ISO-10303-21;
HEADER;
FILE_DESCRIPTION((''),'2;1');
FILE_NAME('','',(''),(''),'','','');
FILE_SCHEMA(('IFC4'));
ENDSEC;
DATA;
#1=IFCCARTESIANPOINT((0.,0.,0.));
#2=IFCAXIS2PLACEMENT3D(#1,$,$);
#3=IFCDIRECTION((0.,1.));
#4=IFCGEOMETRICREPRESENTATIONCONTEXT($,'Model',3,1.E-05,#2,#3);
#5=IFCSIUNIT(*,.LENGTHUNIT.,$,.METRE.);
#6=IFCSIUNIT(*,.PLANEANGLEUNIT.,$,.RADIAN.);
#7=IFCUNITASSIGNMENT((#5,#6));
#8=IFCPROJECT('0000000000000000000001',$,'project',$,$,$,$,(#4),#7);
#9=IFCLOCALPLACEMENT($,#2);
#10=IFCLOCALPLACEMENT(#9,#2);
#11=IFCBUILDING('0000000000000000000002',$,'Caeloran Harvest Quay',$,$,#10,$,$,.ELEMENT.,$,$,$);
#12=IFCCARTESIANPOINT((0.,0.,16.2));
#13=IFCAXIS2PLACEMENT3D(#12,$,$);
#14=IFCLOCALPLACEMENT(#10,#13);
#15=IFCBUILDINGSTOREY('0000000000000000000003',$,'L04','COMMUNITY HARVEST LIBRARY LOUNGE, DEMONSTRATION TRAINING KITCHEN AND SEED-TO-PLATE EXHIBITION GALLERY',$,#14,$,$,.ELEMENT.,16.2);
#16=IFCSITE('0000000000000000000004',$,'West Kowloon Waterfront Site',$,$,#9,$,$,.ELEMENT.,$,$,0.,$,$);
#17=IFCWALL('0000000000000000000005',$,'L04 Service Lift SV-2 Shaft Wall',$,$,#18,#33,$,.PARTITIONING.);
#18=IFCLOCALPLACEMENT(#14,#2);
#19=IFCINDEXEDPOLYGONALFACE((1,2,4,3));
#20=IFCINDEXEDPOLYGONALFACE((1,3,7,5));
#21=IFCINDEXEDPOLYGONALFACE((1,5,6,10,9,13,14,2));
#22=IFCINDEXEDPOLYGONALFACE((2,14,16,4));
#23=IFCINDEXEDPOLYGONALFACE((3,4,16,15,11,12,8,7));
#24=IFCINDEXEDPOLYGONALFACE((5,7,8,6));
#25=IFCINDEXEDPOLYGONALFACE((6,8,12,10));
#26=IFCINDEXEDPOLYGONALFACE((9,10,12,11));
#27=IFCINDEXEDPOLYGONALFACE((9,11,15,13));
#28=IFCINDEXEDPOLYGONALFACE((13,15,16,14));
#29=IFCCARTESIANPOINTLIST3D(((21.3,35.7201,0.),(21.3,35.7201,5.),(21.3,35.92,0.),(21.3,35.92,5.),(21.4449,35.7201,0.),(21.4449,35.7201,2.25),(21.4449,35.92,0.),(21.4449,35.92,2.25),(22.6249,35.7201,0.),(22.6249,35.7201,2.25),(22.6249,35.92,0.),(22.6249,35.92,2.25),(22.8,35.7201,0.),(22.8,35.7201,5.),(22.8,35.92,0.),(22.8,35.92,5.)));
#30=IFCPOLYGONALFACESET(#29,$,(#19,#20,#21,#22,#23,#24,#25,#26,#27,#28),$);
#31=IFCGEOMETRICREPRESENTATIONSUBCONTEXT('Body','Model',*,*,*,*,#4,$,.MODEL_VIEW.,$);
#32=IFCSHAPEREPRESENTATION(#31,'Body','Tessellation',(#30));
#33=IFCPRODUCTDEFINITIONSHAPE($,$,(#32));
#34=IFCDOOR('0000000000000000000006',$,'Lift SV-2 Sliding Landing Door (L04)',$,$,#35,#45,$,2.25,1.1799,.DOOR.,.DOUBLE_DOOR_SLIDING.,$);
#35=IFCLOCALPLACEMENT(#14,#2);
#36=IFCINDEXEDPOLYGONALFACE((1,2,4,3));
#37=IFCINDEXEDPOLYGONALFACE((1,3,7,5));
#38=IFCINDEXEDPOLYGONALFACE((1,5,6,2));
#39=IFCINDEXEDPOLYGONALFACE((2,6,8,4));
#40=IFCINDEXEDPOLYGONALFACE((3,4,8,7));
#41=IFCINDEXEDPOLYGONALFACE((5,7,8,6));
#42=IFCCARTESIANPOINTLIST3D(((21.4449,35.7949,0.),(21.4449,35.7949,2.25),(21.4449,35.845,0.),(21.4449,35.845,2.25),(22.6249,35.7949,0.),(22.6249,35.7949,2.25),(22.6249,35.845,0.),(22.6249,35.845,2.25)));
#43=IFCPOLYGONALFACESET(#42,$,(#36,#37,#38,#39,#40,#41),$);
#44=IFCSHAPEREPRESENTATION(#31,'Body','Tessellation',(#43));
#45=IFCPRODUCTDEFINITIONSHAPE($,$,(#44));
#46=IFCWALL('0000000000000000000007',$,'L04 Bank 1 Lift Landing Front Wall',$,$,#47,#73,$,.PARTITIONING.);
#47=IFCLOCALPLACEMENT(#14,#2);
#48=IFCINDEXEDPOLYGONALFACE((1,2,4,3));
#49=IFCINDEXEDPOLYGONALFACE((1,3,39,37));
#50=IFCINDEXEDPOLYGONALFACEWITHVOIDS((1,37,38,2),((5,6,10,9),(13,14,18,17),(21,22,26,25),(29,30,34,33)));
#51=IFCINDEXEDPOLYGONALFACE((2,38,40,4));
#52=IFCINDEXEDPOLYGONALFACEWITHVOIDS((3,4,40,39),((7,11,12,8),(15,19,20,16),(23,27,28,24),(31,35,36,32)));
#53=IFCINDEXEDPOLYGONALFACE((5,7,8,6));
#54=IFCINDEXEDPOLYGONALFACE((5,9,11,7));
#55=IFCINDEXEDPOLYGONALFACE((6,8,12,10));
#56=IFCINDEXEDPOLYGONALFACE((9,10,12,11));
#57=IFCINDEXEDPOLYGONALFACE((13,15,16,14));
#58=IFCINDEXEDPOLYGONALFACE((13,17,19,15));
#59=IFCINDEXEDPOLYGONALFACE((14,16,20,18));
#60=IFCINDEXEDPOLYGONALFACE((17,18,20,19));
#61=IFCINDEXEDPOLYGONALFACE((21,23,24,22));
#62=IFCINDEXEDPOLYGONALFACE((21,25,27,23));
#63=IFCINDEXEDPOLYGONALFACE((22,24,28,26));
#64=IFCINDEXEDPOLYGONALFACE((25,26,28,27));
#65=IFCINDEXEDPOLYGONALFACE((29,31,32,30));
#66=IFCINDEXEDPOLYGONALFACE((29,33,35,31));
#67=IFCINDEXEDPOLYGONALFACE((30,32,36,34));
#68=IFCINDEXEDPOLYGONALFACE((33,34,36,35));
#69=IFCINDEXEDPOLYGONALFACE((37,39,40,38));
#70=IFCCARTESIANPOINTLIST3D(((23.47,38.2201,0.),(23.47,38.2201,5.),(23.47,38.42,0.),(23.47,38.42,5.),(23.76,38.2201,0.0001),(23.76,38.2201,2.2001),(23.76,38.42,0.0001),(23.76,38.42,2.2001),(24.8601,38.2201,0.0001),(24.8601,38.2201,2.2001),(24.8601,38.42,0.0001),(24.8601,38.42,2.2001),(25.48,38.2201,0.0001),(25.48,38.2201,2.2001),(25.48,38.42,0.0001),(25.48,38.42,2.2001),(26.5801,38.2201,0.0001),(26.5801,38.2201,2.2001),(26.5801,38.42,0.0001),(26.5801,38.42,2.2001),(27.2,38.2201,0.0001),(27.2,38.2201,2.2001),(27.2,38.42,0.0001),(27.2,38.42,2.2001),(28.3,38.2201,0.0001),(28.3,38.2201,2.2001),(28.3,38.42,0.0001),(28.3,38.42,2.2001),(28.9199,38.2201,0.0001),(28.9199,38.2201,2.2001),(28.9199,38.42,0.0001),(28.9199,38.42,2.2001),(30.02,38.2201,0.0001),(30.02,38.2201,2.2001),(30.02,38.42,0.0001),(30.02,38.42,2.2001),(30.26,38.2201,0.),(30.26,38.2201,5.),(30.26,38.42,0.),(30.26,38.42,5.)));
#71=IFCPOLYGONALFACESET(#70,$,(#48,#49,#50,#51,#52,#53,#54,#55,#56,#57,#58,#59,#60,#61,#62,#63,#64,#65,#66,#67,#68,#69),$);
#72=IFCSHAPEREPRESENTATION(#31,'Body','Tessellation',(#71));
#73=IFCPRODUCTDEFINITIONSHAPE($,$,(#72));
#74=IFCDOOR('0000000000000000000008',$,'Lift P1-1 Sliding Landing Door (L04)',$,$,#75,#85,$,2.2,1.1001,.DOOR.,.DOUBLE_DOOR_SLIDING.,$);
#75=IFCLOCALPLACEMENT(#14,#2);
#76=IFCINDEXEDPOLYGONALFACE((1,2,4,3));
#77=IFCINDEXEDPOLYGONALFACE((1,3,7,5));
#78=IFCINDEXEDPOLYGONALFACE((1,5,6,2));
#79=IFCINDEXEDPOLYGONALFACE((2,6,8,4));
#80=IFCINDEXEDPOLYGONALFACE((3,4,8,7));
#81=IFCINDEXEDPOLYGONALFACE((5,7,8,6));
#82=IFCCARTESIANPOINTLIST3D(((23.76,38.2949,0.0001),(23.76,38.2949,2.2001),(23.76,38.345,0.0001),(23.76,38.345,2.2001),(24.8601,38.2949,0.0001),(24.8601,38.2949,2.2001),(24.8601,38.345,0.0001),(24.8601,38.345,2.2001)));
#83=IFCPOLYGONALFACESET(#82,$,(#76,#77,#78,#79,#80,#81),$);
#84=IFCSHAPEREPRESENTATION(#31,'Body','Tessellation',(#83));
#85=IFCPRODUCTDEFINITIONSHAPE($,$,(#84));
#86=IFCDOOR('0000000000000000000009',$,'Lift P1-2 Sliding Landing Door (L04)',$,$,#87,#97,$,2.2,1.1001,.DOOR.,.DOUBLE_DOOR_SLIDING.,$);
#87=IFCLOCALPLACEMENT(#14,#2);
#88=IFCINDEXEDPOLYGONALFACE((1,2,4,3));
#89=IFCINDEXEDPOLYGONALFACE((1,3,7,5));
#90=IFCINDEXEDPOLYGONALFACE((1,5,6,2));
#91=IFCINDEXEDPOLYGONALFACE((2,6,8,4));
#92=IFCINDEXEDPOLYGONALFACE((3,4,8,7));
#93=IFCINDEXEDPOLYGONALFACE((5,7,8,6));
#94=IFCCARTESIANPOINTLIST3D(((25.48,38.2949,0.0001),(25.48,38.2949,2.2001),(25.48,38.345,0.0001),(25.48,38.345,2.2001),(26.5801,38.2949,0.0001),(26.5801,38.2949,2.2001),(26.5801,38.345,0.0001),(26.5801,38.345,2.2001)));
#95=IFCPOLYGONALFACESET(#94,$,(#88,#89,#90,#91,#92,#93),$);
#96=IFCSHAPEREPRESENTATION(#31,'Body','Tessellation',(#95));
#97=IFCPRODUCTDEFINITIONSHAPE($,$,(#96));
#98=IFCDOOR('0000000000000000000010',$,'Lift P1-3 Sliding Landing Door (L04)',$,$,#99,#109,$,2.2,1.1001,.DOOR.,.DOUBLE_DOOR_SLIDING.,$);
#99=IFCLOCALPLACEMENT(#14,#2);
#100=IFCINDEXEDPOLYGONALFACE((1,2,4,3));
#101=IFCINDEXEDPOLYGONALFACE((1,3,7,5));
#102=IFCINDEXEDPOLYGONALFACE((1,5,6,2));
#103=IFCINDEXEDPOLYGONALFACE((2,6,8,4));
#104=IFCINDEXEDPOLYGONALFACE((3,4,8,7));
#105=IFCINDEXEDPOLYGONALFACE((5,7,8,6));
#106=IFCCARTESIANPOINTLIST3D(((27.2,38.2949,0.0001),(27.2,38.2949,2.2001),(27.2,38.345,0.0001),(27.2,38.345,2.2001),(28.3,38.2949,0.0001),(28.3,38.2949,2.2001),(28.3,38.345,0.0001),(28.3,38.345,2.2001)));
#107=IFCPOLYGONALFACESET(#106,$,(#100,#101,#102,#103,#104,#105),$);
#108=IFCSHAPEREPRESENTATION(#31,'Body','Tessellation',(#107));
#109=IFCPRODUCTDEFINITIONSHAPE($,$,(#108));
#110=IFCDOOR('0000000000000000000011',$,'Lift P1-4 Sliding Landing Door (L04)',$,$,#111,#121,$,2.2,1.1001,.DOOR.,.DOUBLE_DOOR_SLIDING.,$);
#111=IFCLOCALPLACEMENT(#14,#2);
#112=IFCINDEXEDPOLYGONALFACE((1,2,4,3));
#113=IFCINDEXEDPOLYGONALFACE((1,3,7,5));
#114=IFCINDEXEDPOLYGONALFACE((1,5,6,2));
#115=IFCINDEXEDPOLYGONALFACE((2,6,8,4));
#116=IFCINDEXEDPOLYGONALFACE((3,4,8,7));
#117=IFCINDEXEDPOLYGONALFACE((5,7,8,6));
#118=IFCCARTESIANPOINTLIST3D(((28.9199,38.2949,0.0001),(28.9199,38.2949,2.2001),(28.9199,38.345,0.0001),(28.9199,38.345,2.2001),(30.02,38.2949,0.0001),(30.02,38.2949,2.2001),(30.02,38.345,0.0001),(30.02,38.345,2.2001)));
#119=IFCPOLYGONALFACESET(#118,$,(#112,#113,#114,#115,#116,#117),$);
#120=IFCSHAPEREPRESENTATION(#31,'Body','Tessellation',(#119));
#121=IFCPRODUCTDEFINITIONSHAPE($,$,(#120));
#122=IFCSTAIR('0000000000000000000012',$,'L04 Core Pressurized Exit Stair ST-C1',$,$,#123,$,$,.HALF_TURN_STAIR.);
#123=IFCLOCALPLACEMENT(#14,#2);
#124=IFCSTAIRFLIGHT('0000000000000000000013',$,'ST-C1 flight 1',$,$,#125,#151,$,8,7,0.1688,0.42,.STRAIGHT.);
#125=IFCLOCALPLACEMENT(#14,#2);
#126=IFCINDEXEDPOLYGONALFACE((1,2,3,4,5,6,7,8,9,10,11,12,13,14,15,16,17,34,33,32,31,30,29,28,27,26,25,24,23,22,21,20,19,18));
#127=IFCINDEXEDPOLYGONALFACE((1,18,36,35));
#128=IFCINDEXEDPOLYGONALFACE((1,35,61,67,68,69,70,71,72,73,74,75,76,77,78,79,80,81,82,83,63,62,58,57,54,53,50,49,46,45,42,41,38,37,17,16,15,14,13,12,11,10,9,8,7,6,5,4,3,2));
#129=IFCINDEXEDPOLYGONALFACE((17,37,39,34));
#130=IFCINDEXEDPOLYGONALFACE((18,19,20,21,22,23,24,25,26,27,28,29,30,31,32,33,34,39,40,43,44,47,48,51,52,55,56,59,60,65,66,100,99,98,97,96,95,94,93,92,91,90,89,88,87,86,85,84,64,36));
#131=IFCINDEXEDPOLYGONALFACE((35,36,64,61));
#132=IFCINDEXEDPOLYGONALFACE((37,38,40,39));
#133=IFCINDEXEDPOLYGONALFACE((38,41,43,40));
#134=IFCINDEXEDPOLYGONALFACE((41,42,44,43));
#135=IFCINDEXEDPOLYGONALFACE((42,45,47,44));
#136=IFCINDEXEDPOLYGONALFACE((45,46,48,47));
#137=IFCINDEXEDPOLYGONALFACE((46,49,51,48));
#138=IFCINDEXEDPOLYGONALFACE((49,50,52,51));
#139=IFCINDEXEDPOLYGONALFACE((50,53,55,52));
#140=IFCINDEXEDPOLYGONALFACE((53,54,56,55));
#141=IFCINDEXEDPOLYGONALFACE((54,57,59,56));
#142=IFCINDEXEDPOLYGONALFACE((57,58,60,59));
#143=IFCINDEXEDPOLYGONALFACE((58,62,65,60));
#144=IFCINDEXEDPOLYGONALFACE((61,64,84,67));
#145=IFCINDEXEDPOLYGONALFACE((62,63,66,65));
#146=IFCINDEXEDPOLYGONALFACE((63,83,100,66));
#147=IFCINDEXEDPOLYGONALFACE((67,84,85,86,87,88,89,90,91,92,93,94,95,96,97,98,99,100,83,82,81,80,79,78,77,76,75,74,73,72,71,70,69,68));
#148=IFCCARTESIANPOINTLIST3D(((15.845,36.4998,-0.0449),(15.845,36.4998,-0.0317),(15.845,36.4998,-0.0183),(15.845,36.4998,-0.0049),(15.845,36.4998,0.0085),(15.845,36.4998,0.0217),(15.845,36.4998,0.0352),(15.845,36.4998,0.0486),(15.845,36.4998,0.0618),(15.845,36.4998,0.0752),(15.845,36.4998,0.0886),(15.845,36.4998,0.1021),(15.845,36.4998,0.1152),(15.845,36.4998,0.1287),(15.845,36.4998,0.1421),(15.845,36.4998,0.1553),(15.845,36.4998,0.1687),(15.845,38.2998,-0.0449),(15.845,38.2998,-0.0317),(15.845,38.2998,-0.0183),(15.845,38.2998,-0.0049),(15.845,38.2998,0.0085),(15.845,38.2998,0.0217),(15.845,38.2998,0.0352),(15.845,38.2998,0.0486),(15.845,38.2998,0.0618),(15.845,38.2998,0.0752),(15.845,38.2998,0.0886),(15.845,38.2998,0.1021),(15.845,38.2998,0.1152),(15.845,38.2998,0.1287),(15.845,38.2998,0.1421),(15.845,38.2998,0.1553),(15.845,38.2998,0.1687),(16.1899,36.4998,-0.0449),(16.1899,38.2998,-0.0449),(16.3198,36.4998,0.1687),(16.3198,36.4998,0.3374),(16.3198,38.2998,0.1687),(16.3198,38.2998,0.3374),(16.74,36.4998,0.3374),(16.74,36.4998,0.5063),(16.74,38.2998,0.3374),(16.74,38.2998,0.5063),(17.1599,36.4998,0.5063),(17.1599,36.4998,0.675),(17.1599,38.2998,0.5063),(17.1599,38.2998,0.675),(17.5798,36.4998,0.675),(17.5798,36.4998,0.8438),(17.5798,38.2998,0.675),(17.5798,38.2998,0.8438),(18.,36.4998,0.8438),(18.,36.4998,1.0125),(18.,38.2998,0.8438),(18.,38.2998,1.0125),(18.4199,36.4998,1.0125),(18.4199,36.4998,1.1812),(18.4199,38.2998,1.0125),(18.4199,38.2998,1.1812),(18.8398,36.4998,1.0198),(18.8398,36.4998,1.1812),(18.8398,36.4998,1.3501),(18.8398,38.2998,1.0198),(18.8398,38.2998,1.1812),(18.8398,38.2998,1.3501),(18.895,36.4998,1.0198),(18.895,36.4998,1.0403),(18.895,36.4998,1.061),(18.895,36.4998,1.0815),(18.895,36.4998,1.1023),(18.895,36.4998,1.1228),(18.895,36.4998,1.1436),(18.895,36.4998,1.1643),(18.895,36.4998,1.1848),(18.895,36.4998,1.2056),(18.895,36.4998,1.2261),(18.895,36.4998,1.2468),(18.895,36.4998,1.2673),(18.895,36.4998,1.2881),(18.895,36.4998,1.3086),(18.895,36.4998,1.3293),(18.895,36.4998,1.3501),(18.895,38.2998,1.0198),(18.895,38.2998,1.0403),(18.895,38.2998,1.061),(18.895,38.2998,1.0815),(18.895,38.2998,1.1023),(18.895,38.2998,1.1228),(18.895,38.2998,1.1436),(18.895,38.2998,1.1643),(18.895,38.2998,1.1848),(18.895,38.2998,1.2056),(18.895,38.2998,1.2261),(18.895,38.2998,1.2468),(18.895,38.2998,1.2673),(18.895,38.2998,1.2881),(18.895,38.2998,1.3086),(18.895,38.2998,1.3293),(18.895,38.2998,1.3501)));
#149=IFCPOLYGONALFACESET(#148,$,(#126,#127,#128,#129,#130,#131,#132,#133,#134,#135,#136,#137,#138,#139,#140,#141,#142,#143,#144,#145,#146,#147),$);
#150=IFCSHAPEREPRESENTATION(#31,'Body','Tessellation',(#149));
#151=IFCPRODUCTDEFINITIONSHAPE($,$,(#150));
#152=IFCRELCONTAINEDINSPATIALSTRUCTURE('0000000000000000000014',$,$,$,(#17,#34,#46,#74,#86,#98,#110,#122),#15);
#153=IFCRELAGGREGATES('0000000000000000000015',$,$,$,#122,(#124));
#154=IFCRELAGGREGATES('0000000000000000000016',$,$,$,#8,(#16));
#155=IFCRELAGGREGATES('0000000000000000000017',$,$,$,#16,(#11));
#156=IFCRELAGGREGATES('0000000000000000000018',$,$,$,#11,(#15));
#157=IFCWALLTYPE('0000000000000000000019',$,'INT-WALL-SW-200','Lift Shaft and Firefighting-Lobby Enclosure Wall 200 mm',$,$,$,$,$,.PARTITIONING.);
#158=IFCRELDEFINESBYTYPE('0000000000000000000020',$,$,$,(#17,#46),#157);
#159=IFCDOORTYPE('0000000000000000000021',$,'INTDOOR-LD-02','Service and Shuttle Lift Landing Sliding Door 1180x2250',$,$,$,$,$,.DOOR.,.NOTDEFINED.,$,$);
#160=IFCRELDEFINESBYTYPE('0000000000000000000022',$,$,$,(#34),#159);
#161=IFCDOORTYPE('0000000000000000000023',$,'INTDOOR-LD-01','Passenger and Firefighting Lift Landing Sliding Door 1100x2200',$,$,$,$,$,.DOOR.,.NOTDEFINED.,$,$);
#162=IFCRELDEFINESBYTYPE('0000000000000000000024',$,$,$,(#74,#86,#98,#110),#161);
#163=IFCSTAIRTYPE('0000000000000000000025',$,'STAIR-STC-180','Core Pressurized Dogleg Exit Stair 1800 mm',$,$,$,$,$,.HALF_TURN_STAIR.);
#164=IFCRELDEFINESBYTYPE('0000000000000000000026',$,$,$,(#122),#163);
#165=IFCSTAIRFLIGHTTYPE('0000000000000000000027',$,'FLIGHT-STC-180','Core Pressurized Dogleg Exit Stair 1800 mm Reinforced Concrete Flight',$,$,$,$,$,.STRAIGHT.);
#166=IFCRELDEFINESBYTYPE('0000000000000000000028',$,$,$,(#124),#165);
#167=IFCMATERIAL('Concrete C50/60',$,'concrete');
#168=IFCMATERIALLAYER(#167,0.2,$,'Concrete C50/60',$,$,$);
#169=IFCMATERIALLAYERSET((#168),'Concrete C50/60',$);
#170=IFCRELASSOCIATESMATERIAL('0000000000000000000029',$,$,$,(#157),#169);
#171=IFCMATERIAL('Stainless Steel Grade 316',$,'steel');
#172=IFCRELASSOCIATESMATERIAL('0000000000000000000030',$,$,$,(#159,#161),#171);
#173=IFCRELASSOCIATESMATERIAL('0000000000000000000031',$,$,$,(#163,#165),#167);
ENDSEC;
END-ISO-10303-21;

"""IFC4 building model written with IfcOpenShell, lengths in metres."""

from ifc_helpers import new_model, si_unit, direction, frame, frame_2d, origin, place, context, subcontext, project, spatial, polyline, rectangle, outline, extrude, material, layer, layer_set, type_object, element, fill, aggregate, save


model = new_model("IFC4")

# Units and contexts
model_context = context("Model", 3, precision=1e-05, world=origin(), true_north=direction((0.0, 1.0)))
body_context = subcontext(model_context, "Body", "Model", "MODEL_VIEW")
ifc_project = project(units=[si_unit("LENGTHUNIT", "METRE"), si_unit("PLANEANGLEUNIT", "RADIAN")], contexts=[model_context])

# Site, building, storey
site_placement = place(None, origin())
site = spatial("IfcSite", under=ifc_project, at=site_placement, Name="West Kowloon Waterfront Site", CompositionType="ELEMENT", RefElevation=0.0)
building_placement = place(site_placement, origin())
building = spatial("IfcBuilding", under=site, at=building_placement, Name="Caeloran Harvest Quay", CompositionType="ELEMENT")
storey_placement = place(building_placement, frame((0.0, 0.0, 16.2)))
storey = spatial("IfcBuildingStorey", under=building, at=storey_placement, Name="L04", Description="COMMUNITY HARVEST LIBRARY LOUNGE, DEMONSTRATION TRAINING KITCHEN AND SEED-TO-PLATE EXHIBITION GALLERY", CompositionType="ELEMENT", Elevation=16.2)

# Wall, opening, door
ifc_material_1 = material(Name="Concrete C50/60", Category="concrete")
ifc_layer_1 = layer(ifc_material_1, 0.2, Name="Concrete C50/60")
ifc_layer_set_1 = layer_set([ifc_layer_1], Name="Concrete C50/60")
wall_type = type_object("IfcWallType", Name="INT-WALL-SW-200", Description="Lift Shaft and Firefighting-Lobby Enclosure Wall 200 mm", PredefinedType="PARTITIONING", material=ifc_layer_set_1)
wall_1_placement = place(storey_placement, frame((21.3, 35.8201, 0.0), z_axis=(0.0, 0.0, 1.0), x_axis=(1.0, 0.0, 0.0)))
wall_1 = element("IfcWall", 1, at=wall_1_placement, inside=storey, type_object=wall_type, Name="L04 Service Lift SV-2 Shaft Wall", PredefinedType="PARTITIONING", context=body_context, shape_type="SweptSolid", body=[
    extrude(rectangle(XDim=1.5, YDim=0.2, at=frame_2d((0.75, 0.0))), origin(), (0.0, 0.0, 1.0), 5.0),
])
opening_1_placement = place(wall_1_placement, frame((0.145, 0.0, 0.0)))
opening_1 = element("IfcOpeningElement", 2, at=opening_1_placement, cuts=wall_1, PredefinedType="OPENING", context=body_context, shape_type="SweptSolid", body=[
    extrude(rectangle(XDim=1.1799, YDim=2.25, at=frame_2d((0.5898, 1.125))), frame((0.0, 0.1099, 0.0), z_axis=(0.0, -1.0, 0.0), x_axis=(1.0, 0.0, 0.0)), (0.0, 0.0, 1.0), 0.22),
])
ifc_material_2 = material(Name="Stainless Steel Grade 316", Category="steel")
door_type_1 = type_object("IfcDoorType", Name="INTDOOR-LD-02", Description="Service and Shuttle Lift Landing Sliding Door 1180x2250", OperationType="NOTDEFINED", PredefinedType="DOOR", material=ifc_material_2)
door_1_placement = place(opening_1_placement, origin())
door_1 = element("IfcDoor", 3, at=door_1_placement, inside=storey, type_object=door_type_1, Name="Lift SV-2 Sliding Landing Door (L04)", OperationType="DOUBLE_DOOR_SLIDING", OverallHeight=2.25, OverallWidth=1.1799, PredefinedType="DOOR", context=body_context, shape_type="SweptSolid", body=[
    extrude(rectangle(XDim=1.1799, YDim=2.25, at=frame_2d((0.5898, 1.125))), frame((0.0, 0.0249, 0.0), z_axis=(0.0, -1.0, 0.0), x_axis=(1.0, 0.0, 0.0)), (0.0, 0.0, 1.0), 0.05),
])
fill(opening_1, door_1)

# Wall, openings, doors
wall_2_placement = place(storey_placement, frame((23.47, 38.3201, 0.0), z_axis=(0.0, 0.0, 1.0), x_axis=(1.0, 0.0, 0.0)))
wall_2 = element("IfcWall", 4, at=wall_2_placement, inside=storey, type_object=wall_type, Name="L04 Bank 1 Lift Landing Front Wall", PredefinedType="PARTITIONING", context=body_context, shape_type="SweptSolid", body=[
    extrude(rectangle(XDim=6.79, YDim=0.2, at=frame_2d((3.395, 0.0))), origin(), (0.0, 0.0, 1.0), 5.0),
])
opening_2_placement = place(wall_2_placement, frame((0.29, 0.0, 0.0)))
opening_2 = element("IfcOpeningElement", 5, at=opening_2_placement, cuts=wall_2, PredefinedType="OPENING", context=body_context, shape_type="SweptSolid", body=[
    extrude(rectangle(XDim=1.1001, YDim=2.2, at=frame_2d((0.55, 1.1001))), frame((0.0, 0.1099, 0.0), z_axis=(0.0, -1.0, 0.0), x_axis=(1.0, 0.0, 0.0)), (0.0, 0.0, 1.0), 0.22),
])
opening_3_placement = place(wall_2_placement, frame((2.01, 0.0, 0.0)))
opening_3 = element("IfcOpeningElement", 6, at=opening_3_placement, cuts=wall_2, PredefinedType="OPENING", context=body_context, shape_type="SweptSolid", body=[
    extrude(rectangle(XDim=1.1001, YDim=2.2, at=frame_2d((0.55, 1.1001))), frame((0.0, 0.1099, 0.0), z_axis=(0.0, -1.0, 0.0), x_axis=(1.0, 0.0, 0.0)), (0.0, 0.0, 1.0), 0.22),
])
opening_4_placement = place(wall_2_placement, frame((3.73, 0.0, 0.0)))
opening_4 = element("IfcOpeningElement", 7, at=opening_4_placement, cuts=wall_2, PredefinedType="OPENING", context=body_context, shape_type="SweptSolid", body=[
    extrude(rectangle(XDim=1.1001, YDim=2.2, at=frame_2d((0.55, 1.1001))), frame((0.0, 0.1099, 0.0), z_axis=(0.0, -1.0, 0.0), x_axis=(1.0, 0.0, 0.0)), (0.0, 0.0, 1.0), 0.22),
])
opening_5_placement = place(wall_2_placement, frame((5.45, 0.0, 0.0)))
opening_5 = element("IfcOpeningElement", 8, at=opening_5_placement, cuts=wall_2, PredefinedType="OPENING", context=body_context, shape_type="SweptSolid", body=[
    extrude(rectangle(XDim=1.1001, YDim=2.2, at=frame_2d((0.55, 1.1001))), frame((0.0, 0.1099, 0.0), z_axis=(0.0, -1.0, 0.0), x_axis=(1.0, 0.0, 0.0)), (0.0, 0.0, 1.0), 0.22),
])
door_type_2 = type_object("IfcDoorType", Name="INTDOOR-LD-01", Description="Passenger and Firefighting Lift Landing Sliding Door 1100x2200", OperationType="NOTDEFINED", PredefinedType="DOOR", material=ifc_material_2)
door_2_placement = place(opening_2_placement, origin())
door_2 = element("IfcDoor", 9, at=door_2_placement, inside=storey, type_object=door_type_2, Name="Lift P1-1 Sliding Landing Door (L04)", OperationType="DOUBLE_DOOR_SLIDING", OverallHeight=2.2, OverallWidth=1.1001, PredefinedType="DOOR", context=body_context, shape_type="SweptSolid", body=[
    extrude(rectangle(XDim=1.1001, YDim=2.2, at=frame_2d((0.55, 1.1001))), frame((0.0, 0.0249, 0.0), z_axis=(0.0, -1.0, 0.0), x_axis=(1.0, 0.0, 0.0)), (0.0, 0.0, 1.0), 0.05),
])
fill(opening_2, door_2)
door_3_placement = place(opening_3_placement, origin())
door_3 = element("IfcDoor", 10, at=door_3_placement, inside=storey, type_object=door_type_2, Name="Lift P1-2 Sliding Landing Door (L04)", OperationType="DOUBLE_DOOR_SLIDING", OverallHeight=2.2, OverallWidth=1.1001, PredefinedType="DOOR", context=body_context, shape_type="SweptSolid", body=[
    extrude(rectangle(XDim=1.1001, YDim=2.2, at=frame_2d((0.55, 1.1001))), frame((0.0, 0.0249, 0.0), z_axis=(0.0, -1.0, 0.0), x_axis=(1.0, 0.0, 0.0)), (0.0, 0.0, 1.0), 0.05),
])
fill(opening_3, door_3)
door_4_placement = place(opening_4_placement, origin())
door_4 = element("IfcDoor", 11, at=door_4_placement, inside=storey, type_object=door_type_2, Name="Lift P1-3 Sliding Landing Door (L04)", OperationType="DOUBLE_DOOR_SLIDING", OverallHeight=2.2, OverallWidth=1.1001, PredefinedType="DOOR", context=body_context, shape_type="SweptSolid", body=[
    extrude(rectangle(XDim=1.1001, YDim=2.2, at=frame_2d((0.55, 1.1001))), frame((0.0, 0.0249, 0.0), z_axis=(0.0, -1.0, 0.0), x_axis=(1.0, 0.0, 0.0)), (0.0, 0.0, 1.0), 0.05),
])
fill(opening_4, door_4)
door_5_placement = place(opening_5_placement, origin())
door_5 = element("IfcDoor", 12, at=door_5_placement, inside=storey, type_object=door_type_2, Name="Lift P1-4 Sliding Landing Door (L04)", OperationType="DOUBLE_DOOR_SLIDING", OverallHeight=2.2, OverallWidth=1.1001, PredefinedType="DOOR", context=body_context, shape_type="SweptSolid", body=[
    extrude(rectangle(XDim=1.1001, YDim=2.2, at=frame_2d((0.55, 1.1001))), frame((0.0, 0.0249, 0.0), z_axis=(0.0, -1.0, 0.0), x_axis=(1.0, 0.0, 0.0)), (0.0, 0.0, 1.0), 0.05),
])
fill(opening_5, door_5)

# Stair, stair flight
stair_type = type_object("IfcStairType", Name="STAIR-STC-180", Description="Core Pressurized Dogleg Exit Stair 1800 mm", PredefinedType="HALF_TURN_STAIR", material=ifc_material_1)
stair_1_placement = place(storey_placement, origin())
stair_1 = element("IfcStair", 13, at=stair_1_placement, inside=storey, type_object=stair_type, Name="L04 Core Pressurized Exit Stair ST-C1", PredefinedType="HALF_TURN_STAIR")
stair_flight_type = type_object("IfcStairFlightType", Name="FLIGHT-STC-180", Description="Core Pressurized Dogleg Exit Stair 1800 mm Reinforced Concrete Flight", PredefinedType="STRAIGHT", material=ifc_material_1)
stair_flight_1_placement = place(storey_placement, frame((15.8999, 37.3999, 0.0), z_axis=(0.0, 0.0, 1.0), x_axis=(1.0, 0.0, 0.0)))
stair_flight_1 = element("IfcStairFlight", 14, at=stair_flight_1_placement, type_object=stair_flight_type, Name="ST-C1 flight 1", NumberOfRisers=8, NumberOfTreads=7, PredefinedType="STRAIGHT", RiserHeight=0.1688, TreadLength=0.42, context=body_context, shape_type="SweptSolid", body=[
    extrude(outline(polyline([(-0.0549, -0.0449), (-0.0549, -0.0317), (-0.0549, -0.0183), (-0.0549, -0.0049), (-0.0549, 0.0085), (-0.0549, 0.0217), (-0.0549, 0.0352), (-0.0549, 0.0486), (-0.0549, 0.0618), (-0.0549, 0.0752), (-0.0549, 0.0886), (-0.0549, 0.1021), (-0.0549, 0.1152), (-0.0549, 0.1287), (-0.0549, 0.1421), (-0.0549, 0.1553), (-0.0549, 0.1687), (0.4199, 0.1687), (0.4199, 0.3374), (0.8401, 0.3374), (0.8401, 0.5063), (1.26, 0.5063), (1.26, 0.675), (1.6799, 0.675), (1.6799, 0.8438), (2.1001, 0.8438), (2.1001, 1.0125), (2.52, 1.0125), (2.52, 1.1812), (2.9399, 1.1812), (2.9399, 1.3501), (2.9951, 1.3501), (2.9951, 1.3293), (2.9951, 1.3086), (2.9951, 1.2881), (2.9951, 1.2673), (2.9951, 1.2468), (2.9951, 1.2261), (2.9951, 1.2056), (2.9951, 1.1848), (2.9951, 1.1643), (2.9951, 1.1436), (2.9951, 1.1228), (2.9951, 1.1023), (2.9951, 1.0815), (2.9951, 1.061), (2.9951, 1.0403), (2.9951, 1.0198), (2.9399, 1.0198), (0.29, -0.0449), (-0.0549, -0.0449)])), frame((0.0, 0.8999, 0.0), z_axis=(0.0, -1.0, 0.0), x_axis=(1.0, 0.0, 0.0)), (0.0, 0.0, 1.0), 1.8),
])
aggregate(stair_1, [stair_flight_1])

save(model, "model.ifc")
